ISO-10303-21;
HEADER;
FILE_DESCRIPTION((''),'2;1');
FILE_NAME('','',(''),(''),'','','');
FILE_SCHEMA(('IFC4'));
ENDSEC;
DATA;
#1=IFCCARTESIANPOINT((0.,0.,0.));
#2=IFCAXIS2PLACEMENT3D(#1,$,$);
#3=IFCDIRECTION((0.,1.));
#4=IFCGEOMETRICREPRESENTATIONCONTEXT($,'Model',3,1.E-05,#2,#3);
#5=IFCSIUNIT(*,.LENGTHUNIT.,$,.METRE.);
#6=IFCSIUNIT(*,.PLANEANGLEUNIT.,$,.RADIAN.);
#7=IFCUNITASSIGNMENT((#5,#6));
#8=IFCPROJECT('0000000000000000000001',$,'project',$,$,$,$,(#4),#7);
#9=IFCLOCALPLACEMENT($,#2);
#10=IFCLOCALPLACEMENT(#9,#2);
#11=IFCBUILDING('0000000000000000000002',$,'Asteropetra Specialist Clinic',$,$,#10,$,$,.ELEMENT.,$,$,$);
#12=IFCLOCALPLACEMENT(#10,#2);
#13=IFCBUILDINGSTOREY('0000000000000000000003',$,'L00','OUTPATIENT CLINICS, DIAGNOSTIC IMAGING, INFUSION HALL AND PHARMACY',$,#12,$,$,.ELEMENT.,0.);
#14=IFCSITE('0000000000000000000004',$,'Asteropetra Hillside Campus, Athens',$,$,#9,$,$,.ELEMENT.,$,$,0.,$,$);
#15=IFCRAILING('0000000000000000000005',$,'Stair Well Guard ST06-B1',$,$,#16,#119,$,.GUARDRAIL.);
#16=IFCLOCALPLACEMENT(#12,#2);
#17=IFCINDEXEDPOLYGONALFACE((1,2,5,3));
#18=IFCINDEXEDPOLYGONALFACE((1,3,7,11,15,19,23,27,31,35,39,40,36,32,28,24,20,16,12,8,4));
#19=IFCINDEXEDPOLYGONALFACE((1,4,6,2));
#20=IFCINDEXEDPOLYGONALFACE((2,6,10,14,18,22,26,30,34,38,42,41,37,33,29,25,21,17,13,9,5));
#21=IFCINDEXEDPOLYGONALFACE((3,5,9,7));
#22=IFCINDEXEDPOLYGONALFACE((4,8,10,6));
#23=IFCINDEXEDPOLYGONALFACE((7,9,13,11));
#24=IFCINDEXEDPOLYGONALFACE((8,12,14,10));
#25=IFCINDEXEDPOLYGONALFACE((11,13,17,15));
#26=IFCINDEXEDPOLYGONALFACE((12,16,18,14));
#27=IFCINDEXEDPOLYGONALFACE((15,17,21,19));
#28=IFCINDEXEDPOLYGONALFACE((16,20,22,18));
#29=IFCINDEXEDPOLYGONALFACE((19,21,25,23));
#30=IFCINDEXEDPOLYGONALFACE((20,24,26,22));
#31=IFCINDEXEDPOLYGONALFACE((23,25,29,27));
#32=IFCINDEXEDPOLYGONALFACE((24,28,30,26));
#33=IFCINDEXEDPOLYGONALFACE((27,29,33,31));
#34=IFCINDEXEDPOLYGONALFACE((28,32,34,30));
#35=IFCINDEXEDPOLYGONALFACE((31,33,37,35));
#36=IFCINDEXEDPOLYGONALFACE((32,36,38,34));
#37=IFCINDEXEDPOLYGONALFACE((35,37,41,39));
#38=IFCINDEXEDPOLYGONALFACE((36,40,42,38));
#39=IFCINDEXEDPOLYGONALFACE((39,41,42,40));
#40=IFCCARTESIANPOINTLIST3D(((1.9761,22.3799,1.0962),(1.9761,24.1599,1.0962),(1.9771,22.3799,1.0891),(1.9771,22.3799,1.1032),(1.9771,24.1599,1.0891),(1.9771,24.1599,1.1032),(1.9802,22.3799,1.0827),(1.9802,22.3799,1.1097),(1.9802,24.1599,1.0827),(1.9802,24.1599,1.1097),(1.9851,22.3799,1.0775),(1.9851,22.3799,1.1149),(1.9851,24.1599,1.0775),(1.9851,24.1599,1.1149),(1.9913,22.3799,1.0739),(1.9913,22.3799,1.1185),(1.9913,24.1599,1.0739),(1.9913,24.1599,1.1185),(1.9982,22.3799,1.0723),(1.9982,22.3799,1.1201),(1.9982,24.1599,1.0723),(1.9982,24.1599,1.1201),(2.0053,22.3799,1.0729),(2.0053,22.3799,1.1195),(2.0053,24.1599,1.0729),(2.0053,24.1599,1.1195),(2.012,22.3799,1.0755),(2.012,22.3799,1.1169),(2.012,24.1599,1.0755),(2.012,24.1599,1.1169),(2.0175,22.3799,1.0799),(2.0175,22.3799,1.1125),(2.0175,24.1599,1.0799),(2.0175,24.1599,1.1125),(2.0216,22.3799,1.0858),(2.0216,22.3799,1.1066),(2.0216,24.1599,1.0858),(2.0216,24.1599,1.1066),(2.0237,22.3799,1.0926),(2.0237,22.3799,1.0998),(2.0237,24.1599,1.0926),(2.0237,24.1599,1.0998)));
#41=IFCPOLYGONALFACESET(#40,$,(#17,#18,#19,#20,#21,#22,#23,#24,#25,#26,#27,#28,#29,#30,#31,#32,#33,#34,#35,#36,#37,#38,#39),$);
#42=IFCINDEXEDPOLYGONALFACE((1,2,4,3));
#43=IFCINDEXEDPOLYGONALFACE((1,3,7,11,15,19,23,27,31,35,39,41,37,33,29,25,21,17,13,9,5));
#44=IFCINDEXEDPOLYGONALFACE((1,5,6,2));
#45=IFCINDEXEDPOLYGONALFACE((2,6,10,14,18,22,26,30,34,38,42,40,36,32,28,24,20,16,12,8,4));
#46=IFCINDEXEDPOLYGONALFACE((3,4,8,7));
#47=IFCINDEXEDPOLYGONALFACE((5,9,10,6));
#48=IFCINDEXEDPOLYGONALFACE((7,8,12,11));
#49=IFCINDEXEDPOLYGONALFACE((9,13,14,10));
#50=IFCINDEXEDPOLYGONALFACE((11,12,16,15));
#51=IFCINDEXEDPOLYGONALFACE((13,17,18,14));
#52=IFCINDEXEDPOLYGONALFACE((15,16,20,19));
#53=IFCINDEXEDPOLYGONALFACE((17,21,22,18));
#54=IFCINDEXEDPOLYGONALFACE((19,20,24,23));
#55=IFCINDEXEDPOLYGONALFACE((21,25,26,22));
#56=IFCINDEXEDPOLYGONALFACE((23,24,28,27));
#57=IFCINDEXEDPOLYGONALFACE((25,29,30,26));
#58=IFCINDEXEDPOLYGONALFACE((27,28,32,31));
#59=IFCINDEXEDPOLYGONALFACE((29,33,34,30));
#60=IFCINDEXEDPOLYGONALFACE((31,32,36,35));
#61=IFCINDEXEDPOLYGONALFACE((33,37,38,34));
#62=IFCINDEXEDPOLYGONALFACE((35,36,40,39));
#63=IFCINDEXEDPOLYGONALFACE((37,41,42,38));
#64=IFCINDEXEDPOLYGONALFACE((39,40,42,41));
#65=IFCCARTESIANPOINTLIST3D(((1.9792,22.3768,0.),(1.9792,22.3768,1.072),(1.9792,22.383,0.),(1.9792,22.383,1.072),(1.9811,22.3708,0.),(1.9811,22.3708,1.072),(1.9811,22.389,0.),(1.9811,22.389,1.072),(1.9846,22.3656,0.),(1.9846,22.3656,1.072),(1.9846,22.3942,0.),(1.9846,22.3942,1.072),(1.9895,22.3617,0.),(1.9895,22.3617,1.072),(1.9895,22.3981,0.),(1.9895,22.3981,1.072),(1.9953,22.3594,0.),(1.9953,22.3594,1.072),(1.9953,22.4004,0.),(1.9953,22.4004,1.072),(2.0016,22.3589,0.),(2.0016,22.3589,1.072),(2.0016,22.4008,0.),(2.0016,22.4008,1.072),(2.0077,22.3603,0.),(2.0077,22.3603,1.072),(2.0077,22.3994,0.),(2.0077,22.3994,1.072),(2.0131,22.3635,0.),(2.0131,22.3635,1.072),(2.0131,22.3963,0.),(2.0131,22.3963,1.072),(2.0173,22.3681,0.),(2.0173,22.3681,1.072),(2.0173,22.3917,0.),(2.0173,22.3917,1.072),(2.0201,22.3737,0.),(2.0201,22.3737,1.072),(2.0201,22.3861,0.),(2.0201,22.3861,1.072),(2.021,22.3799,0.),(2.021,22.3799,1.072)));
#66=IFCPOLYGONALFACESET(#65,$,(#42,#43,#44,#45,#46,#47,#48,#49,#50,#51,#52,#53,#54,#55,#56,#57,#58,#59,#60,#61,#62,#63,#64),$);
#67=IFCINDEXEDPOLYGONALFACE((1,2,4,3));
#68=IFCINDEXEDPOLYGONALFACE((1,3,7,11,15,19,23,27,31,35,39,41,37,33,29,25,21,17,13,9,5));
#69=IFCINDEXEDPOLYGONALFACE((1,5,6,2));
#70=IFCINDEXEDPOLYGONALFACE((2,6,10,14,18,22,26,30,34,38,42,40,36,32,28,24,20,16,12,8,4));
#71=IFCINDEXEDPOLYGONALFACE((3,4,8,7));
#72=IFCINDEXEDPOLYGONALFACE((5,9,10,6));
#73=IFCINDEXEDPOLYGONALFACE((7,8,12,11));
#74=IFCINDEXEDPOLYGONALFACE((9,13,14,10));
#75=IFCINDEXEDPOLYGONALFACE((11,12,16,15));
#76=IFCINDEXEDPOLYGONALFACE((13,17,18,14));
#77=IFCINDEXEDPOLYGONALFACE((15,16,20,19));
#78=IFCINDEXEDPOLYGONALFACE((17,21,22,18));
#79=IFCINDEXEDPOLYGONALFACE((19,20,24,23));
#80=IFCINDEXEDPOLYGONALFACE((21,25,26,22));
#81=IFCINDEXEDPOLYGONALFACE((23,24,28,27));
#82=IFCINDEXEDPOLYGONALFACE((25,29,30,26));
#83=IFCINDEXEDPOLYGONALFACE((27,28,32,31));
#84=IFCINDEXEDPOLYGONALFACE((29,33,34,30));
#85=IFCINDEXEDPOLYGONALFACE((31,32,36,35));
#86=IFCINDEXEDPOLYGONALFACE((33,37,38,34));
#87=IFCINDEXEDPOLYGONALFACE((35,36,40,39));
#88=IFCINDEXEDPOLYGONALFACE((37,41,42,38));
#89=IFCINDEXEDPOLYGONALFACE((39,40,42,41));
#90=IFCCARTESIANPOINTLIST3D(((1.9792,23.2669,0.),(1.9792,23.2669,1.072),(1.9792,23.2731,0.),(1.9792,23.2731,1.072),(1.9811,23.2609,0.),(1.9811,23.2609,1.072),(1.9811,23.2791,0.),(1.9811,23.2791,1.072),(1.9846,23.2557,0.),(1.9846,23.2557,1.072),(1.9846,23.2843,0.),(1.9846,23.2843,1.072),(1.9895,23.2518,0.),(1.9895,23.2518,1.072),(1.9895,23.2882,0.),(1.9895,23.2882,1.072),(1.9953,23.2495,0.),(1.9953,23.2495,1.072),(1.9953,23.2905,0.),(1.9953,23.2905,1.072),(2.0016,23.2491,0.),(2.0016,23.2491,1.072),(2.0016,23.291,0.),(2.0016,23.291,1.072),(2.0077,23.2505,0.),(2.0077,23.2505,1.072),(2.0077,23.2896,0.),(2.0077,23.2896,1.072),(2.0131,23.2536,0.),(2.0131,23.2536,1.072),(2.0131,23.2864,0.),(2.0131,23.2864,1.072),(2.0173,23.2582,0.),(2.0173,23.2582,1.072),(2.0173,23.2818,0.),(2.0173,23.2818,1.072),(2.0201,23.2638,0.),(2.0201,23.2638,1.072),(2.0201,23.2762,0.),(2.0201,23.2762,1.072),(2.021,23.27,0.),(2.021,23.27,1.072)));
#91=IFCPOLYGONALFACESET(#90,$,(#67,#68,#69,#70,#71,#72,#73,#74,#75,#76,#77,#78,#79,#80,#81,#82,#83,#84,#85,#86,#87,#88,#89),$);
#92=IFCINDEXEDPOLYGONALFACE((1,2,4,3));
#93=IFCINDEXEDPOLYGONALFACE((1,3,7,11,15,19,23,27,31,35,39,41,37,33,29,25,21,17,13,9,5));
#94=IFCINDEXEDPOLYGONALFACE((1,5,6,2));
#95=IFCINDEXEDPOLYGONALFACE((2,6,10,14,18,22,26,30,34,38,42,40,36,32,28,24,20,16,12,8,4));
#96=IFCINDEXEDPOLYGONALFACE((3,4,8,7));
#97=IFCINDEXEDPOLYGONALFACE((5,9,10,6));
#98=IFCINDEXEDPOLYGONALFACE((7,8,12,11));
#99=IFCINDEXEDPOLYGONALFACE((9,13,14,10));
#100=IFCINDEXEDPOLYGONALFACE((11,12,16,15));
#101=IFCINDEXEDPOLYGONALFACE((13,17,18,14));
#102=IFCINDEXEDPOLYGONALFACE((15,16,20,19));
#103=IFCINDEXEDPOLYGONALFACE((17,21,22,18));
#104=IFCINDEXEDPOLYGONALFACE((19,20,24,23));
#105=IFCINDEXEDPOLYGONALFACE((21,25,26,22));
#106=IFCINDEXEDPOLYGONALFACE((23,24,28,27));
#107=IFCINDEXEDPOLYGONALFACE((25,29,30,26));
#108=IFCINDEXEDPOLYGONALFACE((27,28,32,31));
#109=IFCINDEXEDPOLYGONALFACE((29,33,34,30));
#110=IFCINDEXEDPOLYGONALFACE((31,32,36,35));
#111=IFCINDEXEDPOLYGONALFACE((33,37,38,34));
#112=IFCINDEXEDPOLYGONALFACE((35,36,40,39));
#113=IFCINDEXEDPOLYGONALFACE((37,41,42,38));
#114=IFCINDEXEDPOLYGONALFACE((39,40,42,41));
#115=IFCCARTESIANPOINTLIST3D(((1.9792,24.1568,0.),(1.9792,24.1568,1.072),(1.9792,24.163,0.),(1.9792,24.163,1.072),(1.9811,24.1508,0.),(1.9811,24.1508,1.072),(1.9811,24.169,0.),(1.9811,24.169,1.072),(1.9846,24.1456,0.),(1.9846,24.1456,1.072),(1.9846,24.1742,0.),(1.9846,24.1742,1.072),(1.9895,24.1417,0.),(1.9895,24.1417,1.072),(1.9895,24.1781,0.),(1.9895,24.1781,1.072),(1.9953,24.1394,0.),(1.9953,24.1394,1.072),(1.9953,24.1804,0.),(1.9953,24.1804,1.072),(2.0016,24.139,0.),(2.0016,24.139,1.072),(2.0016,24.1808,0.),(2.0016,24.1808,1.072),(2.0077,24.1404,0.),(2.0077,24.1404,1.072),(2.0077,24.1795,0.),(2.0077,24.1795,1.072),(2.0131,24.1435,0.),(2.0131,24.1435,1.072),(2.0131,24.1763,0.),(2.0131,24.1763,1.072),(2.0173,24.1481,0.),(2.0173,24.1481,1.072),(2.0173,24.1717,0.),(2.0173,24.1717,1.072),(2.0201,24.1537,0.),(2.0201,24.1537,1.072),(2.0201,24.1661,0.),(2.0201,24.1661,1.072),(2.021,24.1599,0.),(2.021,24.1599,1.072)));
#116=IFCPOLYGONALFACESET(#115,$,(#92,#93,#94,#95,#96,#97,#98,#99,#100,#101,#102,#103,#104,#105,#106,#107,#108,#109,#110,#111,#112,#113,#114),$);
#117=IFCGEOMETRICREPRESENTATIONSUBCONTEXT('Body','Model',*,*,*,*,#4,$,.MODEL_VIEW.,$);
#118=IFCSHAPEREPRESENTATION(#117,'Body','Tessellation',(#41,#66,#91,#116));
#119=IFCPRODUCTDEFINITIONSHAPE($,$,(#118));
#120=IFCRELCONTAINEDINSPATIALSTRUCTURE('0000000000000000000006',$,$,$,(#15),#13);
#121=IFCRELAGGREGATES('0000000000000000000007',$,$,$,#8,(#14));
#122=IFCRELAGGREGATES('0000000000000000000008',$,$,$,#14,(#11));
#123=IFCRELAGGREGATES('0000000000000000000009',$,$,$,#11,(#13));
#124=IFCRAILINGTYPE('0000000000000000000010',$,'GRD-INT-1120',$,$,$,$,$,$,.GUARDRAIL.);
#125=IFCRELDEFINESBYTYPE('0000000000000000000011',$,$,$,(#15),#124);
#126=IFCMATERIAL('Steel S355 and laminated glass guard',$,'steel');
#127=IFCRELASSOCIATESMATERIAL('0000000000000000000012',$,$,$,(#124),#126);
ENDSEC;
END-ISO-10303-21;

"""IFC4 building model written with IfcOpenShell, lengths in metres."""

from ifc_helpers import new_model, si_unit, direction, frame, origin, origin_2d, place, context, subcontext, project, spatial, circle, extrude, material, type_object, element, save


model = new_model("IFC4")

# Units and contexts
model_context = context("Model", 3, precision=1e-05, world=origin(), true_north=direction((0.0, 1.0)))
body_context = subcontext(model_context, "Body", "Model", "MODEL_VIEW")
ifc_project = project(units=[si_unit("LENGTHUNIT", "METRE"), si_unit("PLANEANGLEUNIT", "RADIAN")], contexts=[model_context])

# Site, building, storey
site_placement = place(None, origin())
site = spatial("IfcSite", under=ifc_project, at=site_placement, Name="Asteropetra Hillside Campus, Athens", CompositionType="ELEMENT", RefElevation=0.0)
building_placement = place(site_placement, origin())
building = spatial("IfcBuilding", under=site, at=building_placement, Name="Asteropetra Specialist Clinic", CompositionType="ELEMENT")
storey_placement = place(building_placement, origin())
storey = spatial("IfcBuildingStorey", under=building, at=storey_placement, Name="L00", Description="OUTPATIENT CLINICS, DIAGNOSTIC IMAGING, INFUSION HALL AND PHARMACY", CompositionType="ELEMENT", Elevation=0.0)

# Railing
ifc_material_1 = material(Name="Steel S355 and laminated glass guard", Category="steel")
railing_type_1 = type_object("IfcRailingType", Name="GRD-INT-1120", PredefinedType="GUARDRAIL", material=ifc_material_1)
railing_1_placement = place(storey_placement, frame((2.0, 22.3799, 0.0)))
element("IfcRailing", 1, at=railing_1_placement, inside=storey, type_object=railing_type_1, Name="Stair Well Guard ST06-B1", PredefinedType="GUARDRAIL", context=body_context, shape_type="SweptSolid", body=[
    extrude(circle(Radius=0.0239, at=origin_2d()), frame((0.0, 0.0, 1.0962), z_axis=(0.0, 1.0, 0.0), x_axis=(-1.0, 0.0, 0.0)), (0.0, 0.0, 1.0), 1.78),
    extrude(circle(Radius=0.021, at=origin_2d()), origin(), (0.0, 0.0, 1.0), 1.072),
    extrude(circle(Radius=0.021, at=origin_2d()), frame((0.0, 0.8901, 0.0)), (0.0, 0.0, 1.0), 1.072),
    extrude(circle(Radius=0.021, at=origin_2d()), frame((0.0, 1.78, 0.0)), (0.0, 0.0, 1.0), 1.072),
])

save(model, "model.ifc")
